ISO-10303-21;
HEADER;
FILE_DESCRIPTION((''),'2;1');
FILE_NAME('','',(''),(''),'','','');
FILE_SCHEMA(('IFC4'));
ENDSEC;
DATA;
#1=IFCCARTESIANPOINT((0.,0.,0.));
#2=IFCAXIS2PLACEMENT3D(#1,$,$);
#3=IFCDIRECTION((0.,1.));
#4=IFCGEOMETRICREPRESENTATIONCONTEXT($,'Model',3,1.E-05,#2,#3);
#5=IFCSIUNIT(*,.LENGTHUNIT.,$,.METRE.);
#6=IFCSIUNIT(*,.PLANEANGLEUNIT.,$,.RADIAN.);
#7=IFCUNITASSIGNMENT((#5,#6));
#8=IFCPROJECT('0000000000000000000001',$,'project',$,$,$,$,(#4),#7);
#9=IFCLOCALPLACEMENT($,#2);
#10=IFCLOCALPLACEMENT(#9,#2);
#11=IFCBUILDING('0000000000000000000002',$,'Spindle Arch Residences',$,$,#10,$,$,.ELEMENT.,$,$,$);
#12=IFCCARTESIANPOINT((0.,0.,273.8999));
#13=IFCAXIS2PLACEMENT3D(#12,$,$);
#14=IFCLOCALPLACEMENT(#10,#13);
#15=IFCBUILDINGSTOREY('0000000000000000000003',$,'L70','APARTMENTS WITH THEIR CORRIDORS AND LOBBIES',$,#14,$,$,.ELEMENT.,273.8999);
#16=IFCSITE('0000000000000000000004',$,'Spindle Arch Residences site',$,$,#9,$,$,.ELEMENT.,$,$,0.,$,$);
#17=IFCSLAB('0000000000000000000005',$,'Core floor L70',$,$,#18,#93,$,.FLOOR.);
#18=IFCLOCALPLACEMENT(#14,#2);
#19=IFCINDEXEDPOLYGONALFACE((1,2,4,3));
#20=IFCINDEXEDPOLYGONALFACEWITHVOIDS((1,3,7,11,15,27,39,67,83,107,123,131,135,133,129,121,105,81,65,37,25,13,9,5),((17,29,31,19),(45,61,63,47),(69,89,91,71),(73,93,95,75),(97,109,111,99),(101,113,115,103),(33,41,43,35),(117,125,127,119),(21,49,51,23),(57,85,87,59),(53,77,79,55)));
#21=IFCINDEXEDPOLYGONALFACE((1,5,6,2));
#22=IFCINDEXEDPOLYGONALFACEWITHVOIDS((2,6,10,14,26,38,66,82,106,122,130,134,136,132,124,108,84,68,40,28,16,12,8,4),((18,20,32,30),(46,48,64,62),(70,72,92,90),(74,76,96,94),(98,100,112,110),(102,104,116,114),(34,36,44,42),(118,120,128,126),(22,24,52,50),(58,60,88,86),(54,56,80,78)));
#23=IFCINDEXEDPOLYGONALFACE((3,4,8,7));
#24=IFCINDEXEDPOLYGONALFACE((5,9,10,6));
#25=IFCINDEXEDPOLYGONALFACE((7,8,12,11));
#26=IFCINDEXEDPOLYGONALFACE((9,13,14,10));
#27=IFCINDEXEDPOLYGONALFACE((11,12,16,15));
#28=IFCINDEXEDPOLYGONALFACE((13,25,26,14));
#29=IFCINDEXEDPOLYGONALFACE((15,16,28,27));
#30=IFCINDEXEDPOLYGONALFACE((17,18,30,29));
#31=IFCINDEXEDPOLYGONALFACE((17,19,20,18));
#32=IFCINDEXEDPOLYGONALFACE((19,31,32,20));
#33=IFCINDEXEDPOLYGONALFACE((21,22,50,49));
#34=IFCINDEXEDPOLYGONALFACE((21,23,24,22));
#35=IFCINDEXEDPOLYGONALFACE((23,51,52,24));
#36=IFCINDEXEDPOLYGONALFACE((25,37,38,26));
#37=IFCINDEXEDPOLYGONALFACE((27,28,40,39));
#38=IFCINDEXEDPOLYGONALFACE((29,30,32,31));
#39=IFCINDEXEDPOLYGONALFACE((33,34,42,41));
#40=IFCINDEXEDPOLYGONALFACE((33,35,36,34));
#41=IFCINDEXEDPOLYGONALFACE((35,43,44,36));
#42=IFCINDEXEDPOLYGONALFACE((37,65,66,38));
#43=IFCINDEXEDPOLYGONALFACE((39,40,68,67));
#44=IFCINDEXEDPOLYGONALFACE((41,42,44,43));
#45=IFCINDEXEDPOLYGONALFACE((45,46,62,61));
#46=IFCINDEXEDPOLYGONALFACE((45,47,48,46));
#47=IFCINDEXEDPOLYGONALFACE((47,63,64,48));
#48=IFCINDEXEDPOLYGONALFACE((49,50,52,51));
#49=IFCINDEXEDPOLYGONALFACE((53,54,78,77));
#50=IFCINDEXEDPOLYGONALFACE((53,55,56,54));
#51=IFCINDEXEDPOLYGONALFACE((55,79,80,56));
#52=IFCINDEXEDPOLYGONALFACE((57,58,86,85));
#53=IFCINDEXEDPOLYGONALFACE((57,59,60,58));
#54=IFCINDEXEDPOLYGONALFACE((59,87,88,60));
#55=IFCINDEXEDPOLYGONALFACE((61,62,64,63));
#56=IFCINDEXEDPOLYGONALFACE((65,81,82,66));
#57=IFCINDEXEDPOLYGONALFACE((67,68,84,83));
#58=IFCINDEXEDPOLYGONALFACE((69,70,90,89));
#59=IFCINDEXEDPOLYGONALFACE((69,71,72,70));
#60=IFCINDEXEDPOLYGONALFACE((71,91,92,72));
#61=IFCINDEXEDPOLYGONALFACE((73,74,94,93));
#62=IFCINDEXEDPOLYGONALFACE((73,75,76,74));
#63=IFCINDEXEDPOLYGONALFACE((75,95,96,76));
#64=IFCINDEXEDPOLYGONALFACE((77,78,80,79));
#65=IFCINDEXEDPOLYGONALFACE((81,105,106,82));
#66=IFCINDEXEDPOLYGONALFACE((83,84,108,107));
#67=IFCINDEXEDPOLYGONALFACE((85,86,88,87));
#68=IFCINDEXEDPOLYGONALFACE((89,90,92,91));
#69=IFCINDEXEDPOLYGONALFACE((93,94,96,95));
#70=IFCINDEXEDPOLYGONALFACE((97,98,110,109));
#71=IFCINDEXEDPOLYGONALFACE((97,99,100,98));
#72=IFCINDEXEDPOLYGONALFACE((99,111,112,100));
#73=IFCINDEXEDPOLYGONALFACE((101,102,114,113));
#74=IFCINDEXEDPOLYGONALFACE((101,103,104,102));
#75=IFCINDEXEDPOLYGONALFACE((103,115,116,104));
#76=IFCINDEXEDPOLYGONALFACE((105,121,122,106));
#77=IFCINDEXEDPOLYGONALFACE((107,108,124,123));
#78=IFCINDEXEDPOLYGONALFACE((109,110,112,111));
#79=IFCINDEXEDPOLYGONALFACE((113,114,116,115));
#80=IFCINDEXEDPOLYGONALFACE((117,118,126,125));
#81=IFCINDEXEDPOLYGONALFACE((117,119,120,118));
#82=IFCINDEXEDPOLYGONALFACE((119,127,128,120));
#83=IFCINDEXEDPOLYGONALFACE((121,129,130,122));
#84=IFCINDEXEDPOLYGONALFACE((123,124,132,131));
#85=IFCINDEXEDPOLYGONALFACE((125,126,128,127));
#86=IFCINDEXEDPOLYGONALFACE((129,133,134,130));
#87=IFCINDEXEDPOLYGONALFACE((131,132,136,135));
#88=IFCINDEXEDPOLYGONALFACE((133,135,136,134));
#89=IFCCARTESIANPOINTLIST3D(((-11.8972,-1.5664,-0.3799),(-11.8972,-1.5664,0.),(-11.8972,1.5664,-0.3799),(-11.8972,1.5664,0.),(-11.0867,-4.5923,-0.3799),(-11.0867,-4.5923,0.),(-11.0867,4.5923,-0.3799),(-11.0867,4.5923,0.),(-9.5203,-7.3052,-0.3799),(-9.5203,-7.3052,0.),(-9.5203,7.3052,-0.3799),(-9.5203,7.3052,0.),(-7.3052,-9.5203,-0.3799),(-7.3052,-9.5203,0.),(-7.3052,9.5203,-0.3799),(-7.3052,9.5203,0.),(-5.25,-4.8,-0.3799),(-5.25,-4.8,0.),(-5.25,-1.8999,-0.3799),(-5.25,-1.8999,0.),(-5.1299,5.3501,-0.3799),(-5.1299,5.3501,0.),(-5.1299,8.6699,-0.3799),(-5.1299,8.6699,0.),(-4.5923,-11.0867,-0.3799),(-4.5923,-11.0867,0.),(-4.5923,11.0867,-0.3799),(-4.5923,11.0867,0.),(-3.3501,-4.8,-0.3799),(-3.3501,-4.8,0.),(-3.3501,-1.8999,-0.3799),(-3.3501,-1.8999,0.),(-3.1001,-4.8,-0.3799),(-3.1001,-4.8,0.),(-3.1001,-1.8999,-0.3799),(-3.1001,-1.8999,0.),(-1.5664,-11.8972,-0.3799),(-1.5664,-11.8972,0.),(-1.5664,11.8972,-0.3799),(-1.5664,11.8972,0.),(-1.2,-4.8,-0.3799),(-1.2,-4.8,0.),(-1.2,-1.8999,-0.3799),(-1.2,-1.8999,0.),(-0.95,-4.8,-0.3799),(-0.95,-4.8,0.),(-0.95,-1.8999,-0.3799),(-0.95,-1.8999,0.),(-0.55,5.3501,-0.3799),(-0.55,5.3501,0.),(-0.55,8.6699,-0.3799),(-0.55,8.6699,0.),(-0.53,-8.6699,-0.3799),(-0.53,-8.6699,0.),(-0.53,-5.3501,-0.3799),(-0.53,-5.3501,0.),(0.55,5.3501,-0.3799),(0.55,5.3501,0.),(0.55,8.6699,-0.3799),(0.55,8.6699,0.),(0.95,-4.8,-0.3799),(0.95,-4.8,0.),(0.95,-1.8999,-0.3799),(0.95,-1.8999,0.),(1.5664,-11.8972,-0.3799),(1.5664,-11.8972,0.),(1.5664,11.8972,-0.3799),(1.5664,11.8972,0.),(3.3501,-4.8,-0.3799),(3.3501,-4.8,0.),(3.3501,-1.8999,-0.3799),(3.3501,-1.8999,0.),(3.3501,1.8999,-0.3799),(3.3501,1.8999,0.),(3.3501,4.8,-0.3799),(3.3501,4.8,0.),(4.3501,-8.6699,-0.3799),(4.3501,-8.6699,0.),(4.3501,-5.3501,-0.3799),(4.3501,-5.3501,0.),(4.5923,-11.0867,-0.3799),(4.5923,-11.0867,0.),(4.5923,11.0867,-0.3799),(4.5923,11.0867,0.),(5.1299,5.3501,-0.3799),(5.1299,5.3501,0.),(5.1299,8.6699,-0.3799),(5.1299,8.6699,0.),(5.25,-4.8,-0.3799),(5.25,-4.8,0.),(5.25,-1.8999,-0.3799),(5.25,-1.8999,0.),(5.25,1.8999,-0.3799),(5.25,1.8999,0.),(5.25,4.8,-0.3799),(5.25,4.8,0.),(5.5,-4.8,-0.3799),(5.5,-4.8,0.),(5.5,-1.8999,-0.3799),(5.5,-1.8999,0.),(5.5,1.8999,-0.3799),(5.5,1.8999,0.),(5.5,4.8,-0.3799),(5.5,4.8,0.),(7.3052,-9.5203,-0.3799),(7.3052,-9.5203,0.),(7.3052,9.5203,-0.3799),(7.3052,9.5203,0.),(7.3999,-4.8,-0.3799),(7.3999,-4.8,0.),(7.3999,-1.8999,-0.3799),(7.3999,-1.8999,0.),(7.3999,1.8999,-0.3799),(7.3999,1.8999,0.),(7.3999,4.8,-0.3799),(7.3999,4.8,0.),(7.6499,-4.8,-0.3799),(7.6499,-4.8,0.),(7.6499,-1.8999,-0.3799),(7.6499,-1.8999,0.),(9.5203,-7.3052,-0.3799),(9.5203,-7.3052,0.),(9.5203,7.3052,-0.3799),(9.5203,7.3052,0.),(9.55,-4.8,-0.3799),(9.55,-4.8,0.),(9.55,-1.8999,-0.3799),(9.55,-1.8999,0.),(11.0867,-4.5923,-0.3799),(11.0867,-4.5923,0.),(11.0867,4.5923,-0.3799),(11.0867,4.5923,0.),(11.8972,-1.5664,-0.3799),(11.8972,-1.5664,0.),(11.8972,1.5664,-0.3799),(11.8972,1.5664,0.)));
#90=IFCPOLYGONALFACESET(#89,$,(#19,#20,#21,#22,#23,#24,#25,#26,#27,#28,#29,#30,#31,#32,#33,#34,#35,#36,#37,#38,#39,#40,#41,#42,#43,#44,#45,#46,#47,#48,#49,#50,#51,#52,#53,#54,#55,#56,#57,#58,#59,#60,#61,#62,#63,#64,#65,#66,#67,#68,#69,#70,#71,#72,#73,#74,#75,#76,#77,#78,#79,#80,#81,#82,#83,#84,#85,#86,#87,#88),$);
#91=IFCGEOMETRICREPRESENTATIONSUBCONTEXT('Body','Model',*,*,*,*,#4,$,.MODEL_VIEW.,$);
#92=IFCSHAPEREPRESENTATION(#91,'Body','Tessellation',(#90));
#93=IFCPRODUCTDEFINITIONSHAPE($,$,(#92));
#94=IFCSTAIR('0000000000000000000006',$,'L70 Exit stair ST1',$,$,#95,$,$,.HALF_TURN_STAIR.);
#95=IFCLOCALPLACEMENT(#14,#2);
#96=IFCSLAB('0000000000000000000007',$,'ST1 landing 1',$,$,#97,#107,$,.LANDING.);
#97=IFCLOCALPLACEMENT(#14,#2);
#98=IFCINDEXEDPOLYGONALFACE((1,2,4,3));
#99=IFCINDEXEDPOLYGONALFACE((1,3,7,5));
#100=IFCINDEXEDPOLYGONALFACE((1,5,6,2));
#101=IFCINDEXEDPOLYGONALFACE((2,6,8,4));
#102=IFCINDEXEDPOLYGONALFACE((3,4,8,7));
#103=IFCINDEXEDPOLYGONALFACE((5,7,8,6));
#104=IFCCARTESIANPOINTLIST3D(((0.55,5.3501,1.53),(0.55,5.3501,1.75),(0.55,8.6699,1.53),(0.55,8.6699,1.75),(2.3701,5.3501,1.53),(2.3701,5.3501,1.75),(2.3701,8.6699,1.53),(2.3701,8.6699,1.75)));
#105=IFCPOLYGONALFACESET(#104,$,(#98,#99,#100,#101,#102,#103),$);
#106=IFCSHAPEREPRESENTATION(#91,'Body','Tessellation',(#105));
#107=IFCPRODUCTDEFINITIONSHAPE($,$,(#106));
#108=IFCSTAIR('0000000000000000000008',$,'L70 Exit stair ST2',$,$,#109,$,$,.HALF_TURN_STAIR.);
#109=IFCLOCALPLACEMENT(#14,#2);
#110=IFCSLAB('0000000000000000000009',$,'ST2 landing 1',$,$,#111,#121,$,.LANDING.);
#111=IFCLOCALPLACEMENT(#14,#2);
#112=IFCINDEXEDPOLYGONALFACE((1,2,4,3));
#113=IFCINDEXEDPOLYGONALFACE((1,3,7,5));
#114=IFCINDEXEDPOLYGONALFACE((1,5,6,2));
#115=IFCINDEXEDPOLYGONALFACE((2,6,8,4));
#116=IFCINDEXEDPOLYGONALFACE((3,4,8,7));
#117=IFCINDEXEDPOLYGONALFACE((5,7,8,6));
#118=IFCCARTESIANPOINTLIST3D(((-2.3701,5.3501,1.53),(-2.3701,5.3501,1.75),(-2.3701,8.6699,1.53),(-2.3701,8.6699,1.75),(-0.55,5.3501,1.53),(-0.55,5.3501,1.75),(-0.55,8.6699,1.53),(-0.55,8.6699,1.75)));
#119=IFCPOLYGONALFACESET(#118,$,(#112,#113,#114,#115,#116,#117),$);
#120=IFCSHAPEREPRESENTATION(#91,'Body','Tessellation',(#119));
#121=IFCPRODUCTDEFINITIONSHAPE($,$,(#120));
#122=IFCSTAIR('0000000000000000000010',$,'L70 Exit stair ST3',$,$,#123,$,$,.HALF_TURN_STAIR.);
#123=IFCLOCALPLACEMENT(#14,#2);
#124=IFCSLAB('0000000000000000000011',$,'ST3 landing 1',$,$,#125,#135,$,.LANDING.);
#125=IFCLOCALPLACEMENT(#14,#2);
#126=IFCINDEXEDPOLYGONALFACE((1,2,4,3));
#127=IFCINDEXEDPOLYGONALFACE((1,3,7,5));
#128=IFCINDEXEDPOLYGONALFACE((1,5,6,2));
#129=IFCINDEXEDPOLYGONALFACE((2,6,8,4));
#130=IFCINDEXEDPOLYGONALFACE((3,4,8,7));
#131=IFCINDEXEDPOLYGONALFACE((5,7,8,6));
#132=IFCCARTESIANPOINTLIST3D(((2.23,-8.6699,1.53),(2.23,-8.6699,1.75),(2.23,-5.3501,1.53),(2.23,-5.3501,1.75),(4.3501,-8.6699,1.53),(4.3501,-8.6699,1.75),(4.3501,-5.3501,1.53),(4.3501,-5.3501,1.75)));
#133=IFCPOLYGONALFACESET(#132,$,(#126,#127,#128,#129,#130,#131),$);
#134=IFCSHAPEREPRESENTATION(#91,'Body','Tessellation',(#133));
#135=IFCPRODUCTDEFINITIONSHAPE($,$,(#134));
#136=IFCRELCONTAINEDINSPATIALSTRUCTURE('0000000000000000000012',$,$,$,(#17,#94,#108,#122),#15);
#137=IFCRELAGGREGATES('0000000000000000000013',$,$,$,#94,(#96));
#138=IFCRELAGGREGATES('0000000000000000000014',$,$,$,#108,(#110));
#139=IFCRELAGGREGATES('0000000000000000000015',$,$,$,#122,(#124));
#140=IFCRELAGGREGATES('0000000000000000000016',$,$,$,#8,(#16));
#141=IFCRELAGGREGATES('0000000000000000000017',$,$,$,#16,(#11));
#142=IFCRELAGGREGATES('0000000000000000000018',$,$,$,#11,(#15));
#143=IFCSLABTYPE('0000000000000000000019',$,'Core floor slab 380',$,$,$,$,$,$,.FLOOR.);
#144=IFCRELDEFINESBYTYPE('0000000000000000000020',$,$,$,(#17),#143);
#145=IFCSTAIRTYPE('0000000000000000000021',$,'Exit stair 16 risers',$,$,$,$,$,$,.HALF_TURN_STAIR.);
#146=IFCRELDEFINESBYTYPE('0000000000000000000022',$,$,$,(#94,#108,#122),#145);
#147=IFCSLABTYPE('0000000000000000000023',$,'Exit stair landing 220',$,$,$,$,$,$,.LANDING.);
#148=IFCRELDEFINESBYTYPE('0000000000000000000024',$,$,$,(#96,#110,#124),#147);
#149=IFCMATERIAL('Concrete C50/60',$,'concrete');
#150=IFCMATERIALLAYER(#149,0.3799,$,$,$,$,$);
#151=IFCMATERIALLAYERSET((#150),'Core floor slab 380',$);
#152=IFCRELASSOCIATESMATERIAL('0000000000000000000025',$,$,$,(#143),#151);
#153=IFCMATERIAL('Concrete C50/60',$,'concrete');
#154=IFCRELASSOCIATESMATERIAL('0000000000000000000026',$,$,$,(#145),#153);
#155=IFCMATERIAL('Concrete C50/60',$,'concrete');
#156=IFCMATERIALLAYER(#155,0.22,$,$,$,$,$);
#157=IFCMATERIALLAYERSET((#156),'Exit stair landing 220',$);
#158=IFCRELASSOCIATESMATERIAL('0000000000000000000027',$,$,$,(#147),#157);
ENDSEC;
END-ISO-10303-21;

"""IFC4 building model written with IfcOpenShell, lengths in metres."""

from ifc_helpers import new_model, si_unit, direction, frame, origin, place, context, subcontext, project, spatial, polyline, outline, extrude, material, layer, layer_set, type_object, element, aggregate, save


model = new_model("IFC4")

# Units and contexts
model_context = context("Model", 3, precision=1e-05, world=origin(), true_north=direction((0.0, 1.0)))
body_context = subcontext(model_context, "Body", "Model", "MODEL_VIEW")
ifc_project = project(units=[si_unit("LENGTHUNIT", "METRE"), si_unit("PLANEANGLEUNIT", "RADIAN")], contexts=[model_context])

# Site, building, storey
site_placement = place(None, origin())
site = spatial("IfcSite", under=ifc_project, at=site_placement, Name="Spindle Arch Residences site", CompositionType="ELEMENT", RefElevation=0.0)
building_placement = place(site_placement, origin())
building = spatial("IfcBuilding", under=site, at=building_placement, Name="Spindle Arch Residences", CompositionType="ELEMENT")
storey_placement = place(building_placement, frame((0.0, 0.0, 273.8999)))
storey = spatial("IfcBuildingStorey", under=building, at=storey_placement, Name="L70", Description="APARTMENTS WITH THEIR CORRIDORS AND LOBBIES", CompositionType="ELEMENT", Elevation=273.8999)

# Slab
ifc_material_1 = material(Name="Concrete C50/60", Category="concrete")
ifc_layer_1 = layer(ifc_material_1, 0.3799)
ifc_layer_set_1 = layer_set([ifc_layer_1], Name="Core floor slab 380")
slab_type_1 = type_object("IfcSlabType", Name="Core floor slab 380", PredefinedType="FLOOR", material=ifc_layer_set_1)
slab_1_placement = place(storey_placement, frame((0.0, 0.0, -0.3799)))
element("IfcSlab", 1, at=slab_1_placement, inside=storey, type_object=slab_type_1, Name="Core floor L70", PredefinedType="FLOOR", context=body_context, shape_type="SweptSolid", body=[
    extrude(outline(polyline([(1.5664, -11.8972), (4.5923, -11.0867), (7.3052, -9.5203), (9.5203, -7.3052), (11.0867, -4.5923), (11.8972, -1.5664), (11.8972, 1.5664), (11.0867, 4.5923), (9.5203, 7.3052), (7.3052, 9.5203), (4.5923, 11.0867), (1.5664, 11.8972), (-1.5664, 11.8972), (-4.5923, 11.0867), (-7.3052, 9.5203), (-9.5203, 7.3052), (-11.0867, 4.5923), (-11.8972, 1.5664), (-11.8972, -1.5664), (-11.0867, -4.5923), (-9.5203, -7.3052), (-7.3052, -9.5203), (-4.5923, -11.0867), (-1.5664, -11.8972), (1.5664, -11.8972)]), holes=[polyline([(3.3501, 1.8999), (5.25, 1.8999), (5.25, 4.8), (3.3501, 4.8), (3.3501, 1.8999)]), polyline([(5.5, 1.8999), (7.3999, 1.8999), (7.3999, 4.8), (5.5, 4.8), (5.5, 1.8999)]), polyline([(-5.25, -4.8), (-3.3501, -4.8), (-3.3501, -1.8999), (-5.25, -1.8999), (-5.25, -4.8)]), polyline([(-3.1001, -4.8), (-1.2, -4.8), (-1.2, -1.8999), (-3.1001, -1.8999), (-3.1001, -4.8)]), polyline([(-0.95, -4.8), (0.95, -4.8), (0.95, -1.8999), (-0.95, -1.8999), (-0.95, -4.8)]), polyline([(3.3501, -4.8), (5.25, -4.8), (5.25, -1.8999), (3.3501, -1.8999), (3.3501, -4.8)]), polyline([(5.5, -4.8), (7.3999, -4.8), (7.3999, -1.8999), (5.5, -1.8999), (5.5, -4.8)]), polyline([(7.6499, -4.8), (9.55, -4.8), (9.55, -1.8999), (7.6499, -1.8999), (7.6499, -4.8)]), polyline([(5.1299, 8.6699), (0.55, 8.6699), (0.55, 5.3501), (5.1299, 5.3501), (5.1299, 8.6699)]), polyline([(-5.1299, 5.3501), (-0.55, 5.3501), (-0.55, 8.6699), (-5.1299, 8.6699), (-5.1299, 5.3501)]), polyline([(-0.53, -8.6699), (4.3501, -8.6699), (4.3501, -5.3501), (-0.53, -5.3501), (-0.53, -8.6699)])]), origin(), (0.0, 0.0, 1.0), 0.3799),
])

# Stairs, slabs
ifc_material_2 = material(Name="Concrete C50/60", Category="concrete")
stair_type = type_object("IfcStairType", Name="Exit stair 16 risers", PredefinedType="HALF_TURN_STAIR", material=ifc_material_2)
stair_1_placement = place(storey_placement, origin())
stair_1 = element("IfcStair", 2, at=stair_1_placement, inside=storey, type_object=stair_type, Name="L70 Exit stair ST1", PredefinedType="HALF_TURN_STAIR")
ifc_material_3 = material(Name="Concrete C50/60", Category="concrete")
ifc_layer_2 = layer(ifc_material_3, 0.22)
ifc_layer_set_2 = layer_set([ifc_layer_2], Name="Exit stair landing 220")
slab_type_2 = type_object("IfcSlabType", Name="Exit stair landing 220", PredefinedType="LANDING", material=ifc_layer_set_2)
slab_2_placement = place(storey_placement, frame((0.0, 0.0, 1.53)))
slab_2 = element("IfcSlab", 3, at=slab_2_placement, type_object=slab_type_2, Name="ST1 landing 1", PredefinedType="LANDING", context=body_context, shape_type="SweptSolid", body=[
    extrude(outline(polyline([(2.3701, 8.6699), (0.55, 8.6699), (0.55, 5.3501), (2.3701, 5.3501), (2.3701, 8.6699)])), origin(), (0.0, 0.0, 1.0), 0.22),
])
aggregate(stair_1, [slab_2])
stair_2_placement = place(storey_placement, origin())
stair_2 = element("IfcStair", 4, at=stair_2_placement, inside=storey, type_object=stair_type, Name="L70 Exit stair ST2", PredefinedType="HALF_TURN_STAIR")
slab_3_placement = place(storey_placement, frame((0.0, 0.0, 1.53)))
slab_3 = element("IfcSlab", 5, at=slab_3_placement, type_object=slab_type_2, Name="ST2 landing 1", PredefinedType="LANDING", context=body_context, shape_type="SweptSolid", body=[
    extrude(outline(polyline([(-2.3701, 5.3501), (-0.55, 5.3501), (-0.55, 8.6699), (-2.3701, 8.6699), (-2.3701, 5.3501)])), origin(), (0.0, 0.0, 1.0), 0.22),
])
aggregate(stair_2, [slab_3])
stair_3_placement = place(storey_placement, origin())
stair_3 = element("IfcStair", 6, at=stair_3_placement, inside=storey, type_object=stair_type, Name="L70 Exit stair ST3", PredefinedType="HALF_TURN_STAIR")
slab_4_placement = place(storey_placement, frame((0.0, 0.0, 1.53)))
slab_4 = element("IfcSlab", 7, at=slab_4_placement, type_object=slab_type_2, Name="ST3 landing 1", PredefinedType="LANDING", context=body_context, shape_type="SweptSolid", body=[
    extrude(outline(polyline([(2.23, -8.6699), (4.3501, -8.6699), (4.3501, -5.3501), (2.23, -5.3501), (2.23, -8.6699)])), origin(), (0.0, 0.0, 1.0), 0.22),
])

aggregate(stair_3, [slab_4])

save(model, "model.ifc")
